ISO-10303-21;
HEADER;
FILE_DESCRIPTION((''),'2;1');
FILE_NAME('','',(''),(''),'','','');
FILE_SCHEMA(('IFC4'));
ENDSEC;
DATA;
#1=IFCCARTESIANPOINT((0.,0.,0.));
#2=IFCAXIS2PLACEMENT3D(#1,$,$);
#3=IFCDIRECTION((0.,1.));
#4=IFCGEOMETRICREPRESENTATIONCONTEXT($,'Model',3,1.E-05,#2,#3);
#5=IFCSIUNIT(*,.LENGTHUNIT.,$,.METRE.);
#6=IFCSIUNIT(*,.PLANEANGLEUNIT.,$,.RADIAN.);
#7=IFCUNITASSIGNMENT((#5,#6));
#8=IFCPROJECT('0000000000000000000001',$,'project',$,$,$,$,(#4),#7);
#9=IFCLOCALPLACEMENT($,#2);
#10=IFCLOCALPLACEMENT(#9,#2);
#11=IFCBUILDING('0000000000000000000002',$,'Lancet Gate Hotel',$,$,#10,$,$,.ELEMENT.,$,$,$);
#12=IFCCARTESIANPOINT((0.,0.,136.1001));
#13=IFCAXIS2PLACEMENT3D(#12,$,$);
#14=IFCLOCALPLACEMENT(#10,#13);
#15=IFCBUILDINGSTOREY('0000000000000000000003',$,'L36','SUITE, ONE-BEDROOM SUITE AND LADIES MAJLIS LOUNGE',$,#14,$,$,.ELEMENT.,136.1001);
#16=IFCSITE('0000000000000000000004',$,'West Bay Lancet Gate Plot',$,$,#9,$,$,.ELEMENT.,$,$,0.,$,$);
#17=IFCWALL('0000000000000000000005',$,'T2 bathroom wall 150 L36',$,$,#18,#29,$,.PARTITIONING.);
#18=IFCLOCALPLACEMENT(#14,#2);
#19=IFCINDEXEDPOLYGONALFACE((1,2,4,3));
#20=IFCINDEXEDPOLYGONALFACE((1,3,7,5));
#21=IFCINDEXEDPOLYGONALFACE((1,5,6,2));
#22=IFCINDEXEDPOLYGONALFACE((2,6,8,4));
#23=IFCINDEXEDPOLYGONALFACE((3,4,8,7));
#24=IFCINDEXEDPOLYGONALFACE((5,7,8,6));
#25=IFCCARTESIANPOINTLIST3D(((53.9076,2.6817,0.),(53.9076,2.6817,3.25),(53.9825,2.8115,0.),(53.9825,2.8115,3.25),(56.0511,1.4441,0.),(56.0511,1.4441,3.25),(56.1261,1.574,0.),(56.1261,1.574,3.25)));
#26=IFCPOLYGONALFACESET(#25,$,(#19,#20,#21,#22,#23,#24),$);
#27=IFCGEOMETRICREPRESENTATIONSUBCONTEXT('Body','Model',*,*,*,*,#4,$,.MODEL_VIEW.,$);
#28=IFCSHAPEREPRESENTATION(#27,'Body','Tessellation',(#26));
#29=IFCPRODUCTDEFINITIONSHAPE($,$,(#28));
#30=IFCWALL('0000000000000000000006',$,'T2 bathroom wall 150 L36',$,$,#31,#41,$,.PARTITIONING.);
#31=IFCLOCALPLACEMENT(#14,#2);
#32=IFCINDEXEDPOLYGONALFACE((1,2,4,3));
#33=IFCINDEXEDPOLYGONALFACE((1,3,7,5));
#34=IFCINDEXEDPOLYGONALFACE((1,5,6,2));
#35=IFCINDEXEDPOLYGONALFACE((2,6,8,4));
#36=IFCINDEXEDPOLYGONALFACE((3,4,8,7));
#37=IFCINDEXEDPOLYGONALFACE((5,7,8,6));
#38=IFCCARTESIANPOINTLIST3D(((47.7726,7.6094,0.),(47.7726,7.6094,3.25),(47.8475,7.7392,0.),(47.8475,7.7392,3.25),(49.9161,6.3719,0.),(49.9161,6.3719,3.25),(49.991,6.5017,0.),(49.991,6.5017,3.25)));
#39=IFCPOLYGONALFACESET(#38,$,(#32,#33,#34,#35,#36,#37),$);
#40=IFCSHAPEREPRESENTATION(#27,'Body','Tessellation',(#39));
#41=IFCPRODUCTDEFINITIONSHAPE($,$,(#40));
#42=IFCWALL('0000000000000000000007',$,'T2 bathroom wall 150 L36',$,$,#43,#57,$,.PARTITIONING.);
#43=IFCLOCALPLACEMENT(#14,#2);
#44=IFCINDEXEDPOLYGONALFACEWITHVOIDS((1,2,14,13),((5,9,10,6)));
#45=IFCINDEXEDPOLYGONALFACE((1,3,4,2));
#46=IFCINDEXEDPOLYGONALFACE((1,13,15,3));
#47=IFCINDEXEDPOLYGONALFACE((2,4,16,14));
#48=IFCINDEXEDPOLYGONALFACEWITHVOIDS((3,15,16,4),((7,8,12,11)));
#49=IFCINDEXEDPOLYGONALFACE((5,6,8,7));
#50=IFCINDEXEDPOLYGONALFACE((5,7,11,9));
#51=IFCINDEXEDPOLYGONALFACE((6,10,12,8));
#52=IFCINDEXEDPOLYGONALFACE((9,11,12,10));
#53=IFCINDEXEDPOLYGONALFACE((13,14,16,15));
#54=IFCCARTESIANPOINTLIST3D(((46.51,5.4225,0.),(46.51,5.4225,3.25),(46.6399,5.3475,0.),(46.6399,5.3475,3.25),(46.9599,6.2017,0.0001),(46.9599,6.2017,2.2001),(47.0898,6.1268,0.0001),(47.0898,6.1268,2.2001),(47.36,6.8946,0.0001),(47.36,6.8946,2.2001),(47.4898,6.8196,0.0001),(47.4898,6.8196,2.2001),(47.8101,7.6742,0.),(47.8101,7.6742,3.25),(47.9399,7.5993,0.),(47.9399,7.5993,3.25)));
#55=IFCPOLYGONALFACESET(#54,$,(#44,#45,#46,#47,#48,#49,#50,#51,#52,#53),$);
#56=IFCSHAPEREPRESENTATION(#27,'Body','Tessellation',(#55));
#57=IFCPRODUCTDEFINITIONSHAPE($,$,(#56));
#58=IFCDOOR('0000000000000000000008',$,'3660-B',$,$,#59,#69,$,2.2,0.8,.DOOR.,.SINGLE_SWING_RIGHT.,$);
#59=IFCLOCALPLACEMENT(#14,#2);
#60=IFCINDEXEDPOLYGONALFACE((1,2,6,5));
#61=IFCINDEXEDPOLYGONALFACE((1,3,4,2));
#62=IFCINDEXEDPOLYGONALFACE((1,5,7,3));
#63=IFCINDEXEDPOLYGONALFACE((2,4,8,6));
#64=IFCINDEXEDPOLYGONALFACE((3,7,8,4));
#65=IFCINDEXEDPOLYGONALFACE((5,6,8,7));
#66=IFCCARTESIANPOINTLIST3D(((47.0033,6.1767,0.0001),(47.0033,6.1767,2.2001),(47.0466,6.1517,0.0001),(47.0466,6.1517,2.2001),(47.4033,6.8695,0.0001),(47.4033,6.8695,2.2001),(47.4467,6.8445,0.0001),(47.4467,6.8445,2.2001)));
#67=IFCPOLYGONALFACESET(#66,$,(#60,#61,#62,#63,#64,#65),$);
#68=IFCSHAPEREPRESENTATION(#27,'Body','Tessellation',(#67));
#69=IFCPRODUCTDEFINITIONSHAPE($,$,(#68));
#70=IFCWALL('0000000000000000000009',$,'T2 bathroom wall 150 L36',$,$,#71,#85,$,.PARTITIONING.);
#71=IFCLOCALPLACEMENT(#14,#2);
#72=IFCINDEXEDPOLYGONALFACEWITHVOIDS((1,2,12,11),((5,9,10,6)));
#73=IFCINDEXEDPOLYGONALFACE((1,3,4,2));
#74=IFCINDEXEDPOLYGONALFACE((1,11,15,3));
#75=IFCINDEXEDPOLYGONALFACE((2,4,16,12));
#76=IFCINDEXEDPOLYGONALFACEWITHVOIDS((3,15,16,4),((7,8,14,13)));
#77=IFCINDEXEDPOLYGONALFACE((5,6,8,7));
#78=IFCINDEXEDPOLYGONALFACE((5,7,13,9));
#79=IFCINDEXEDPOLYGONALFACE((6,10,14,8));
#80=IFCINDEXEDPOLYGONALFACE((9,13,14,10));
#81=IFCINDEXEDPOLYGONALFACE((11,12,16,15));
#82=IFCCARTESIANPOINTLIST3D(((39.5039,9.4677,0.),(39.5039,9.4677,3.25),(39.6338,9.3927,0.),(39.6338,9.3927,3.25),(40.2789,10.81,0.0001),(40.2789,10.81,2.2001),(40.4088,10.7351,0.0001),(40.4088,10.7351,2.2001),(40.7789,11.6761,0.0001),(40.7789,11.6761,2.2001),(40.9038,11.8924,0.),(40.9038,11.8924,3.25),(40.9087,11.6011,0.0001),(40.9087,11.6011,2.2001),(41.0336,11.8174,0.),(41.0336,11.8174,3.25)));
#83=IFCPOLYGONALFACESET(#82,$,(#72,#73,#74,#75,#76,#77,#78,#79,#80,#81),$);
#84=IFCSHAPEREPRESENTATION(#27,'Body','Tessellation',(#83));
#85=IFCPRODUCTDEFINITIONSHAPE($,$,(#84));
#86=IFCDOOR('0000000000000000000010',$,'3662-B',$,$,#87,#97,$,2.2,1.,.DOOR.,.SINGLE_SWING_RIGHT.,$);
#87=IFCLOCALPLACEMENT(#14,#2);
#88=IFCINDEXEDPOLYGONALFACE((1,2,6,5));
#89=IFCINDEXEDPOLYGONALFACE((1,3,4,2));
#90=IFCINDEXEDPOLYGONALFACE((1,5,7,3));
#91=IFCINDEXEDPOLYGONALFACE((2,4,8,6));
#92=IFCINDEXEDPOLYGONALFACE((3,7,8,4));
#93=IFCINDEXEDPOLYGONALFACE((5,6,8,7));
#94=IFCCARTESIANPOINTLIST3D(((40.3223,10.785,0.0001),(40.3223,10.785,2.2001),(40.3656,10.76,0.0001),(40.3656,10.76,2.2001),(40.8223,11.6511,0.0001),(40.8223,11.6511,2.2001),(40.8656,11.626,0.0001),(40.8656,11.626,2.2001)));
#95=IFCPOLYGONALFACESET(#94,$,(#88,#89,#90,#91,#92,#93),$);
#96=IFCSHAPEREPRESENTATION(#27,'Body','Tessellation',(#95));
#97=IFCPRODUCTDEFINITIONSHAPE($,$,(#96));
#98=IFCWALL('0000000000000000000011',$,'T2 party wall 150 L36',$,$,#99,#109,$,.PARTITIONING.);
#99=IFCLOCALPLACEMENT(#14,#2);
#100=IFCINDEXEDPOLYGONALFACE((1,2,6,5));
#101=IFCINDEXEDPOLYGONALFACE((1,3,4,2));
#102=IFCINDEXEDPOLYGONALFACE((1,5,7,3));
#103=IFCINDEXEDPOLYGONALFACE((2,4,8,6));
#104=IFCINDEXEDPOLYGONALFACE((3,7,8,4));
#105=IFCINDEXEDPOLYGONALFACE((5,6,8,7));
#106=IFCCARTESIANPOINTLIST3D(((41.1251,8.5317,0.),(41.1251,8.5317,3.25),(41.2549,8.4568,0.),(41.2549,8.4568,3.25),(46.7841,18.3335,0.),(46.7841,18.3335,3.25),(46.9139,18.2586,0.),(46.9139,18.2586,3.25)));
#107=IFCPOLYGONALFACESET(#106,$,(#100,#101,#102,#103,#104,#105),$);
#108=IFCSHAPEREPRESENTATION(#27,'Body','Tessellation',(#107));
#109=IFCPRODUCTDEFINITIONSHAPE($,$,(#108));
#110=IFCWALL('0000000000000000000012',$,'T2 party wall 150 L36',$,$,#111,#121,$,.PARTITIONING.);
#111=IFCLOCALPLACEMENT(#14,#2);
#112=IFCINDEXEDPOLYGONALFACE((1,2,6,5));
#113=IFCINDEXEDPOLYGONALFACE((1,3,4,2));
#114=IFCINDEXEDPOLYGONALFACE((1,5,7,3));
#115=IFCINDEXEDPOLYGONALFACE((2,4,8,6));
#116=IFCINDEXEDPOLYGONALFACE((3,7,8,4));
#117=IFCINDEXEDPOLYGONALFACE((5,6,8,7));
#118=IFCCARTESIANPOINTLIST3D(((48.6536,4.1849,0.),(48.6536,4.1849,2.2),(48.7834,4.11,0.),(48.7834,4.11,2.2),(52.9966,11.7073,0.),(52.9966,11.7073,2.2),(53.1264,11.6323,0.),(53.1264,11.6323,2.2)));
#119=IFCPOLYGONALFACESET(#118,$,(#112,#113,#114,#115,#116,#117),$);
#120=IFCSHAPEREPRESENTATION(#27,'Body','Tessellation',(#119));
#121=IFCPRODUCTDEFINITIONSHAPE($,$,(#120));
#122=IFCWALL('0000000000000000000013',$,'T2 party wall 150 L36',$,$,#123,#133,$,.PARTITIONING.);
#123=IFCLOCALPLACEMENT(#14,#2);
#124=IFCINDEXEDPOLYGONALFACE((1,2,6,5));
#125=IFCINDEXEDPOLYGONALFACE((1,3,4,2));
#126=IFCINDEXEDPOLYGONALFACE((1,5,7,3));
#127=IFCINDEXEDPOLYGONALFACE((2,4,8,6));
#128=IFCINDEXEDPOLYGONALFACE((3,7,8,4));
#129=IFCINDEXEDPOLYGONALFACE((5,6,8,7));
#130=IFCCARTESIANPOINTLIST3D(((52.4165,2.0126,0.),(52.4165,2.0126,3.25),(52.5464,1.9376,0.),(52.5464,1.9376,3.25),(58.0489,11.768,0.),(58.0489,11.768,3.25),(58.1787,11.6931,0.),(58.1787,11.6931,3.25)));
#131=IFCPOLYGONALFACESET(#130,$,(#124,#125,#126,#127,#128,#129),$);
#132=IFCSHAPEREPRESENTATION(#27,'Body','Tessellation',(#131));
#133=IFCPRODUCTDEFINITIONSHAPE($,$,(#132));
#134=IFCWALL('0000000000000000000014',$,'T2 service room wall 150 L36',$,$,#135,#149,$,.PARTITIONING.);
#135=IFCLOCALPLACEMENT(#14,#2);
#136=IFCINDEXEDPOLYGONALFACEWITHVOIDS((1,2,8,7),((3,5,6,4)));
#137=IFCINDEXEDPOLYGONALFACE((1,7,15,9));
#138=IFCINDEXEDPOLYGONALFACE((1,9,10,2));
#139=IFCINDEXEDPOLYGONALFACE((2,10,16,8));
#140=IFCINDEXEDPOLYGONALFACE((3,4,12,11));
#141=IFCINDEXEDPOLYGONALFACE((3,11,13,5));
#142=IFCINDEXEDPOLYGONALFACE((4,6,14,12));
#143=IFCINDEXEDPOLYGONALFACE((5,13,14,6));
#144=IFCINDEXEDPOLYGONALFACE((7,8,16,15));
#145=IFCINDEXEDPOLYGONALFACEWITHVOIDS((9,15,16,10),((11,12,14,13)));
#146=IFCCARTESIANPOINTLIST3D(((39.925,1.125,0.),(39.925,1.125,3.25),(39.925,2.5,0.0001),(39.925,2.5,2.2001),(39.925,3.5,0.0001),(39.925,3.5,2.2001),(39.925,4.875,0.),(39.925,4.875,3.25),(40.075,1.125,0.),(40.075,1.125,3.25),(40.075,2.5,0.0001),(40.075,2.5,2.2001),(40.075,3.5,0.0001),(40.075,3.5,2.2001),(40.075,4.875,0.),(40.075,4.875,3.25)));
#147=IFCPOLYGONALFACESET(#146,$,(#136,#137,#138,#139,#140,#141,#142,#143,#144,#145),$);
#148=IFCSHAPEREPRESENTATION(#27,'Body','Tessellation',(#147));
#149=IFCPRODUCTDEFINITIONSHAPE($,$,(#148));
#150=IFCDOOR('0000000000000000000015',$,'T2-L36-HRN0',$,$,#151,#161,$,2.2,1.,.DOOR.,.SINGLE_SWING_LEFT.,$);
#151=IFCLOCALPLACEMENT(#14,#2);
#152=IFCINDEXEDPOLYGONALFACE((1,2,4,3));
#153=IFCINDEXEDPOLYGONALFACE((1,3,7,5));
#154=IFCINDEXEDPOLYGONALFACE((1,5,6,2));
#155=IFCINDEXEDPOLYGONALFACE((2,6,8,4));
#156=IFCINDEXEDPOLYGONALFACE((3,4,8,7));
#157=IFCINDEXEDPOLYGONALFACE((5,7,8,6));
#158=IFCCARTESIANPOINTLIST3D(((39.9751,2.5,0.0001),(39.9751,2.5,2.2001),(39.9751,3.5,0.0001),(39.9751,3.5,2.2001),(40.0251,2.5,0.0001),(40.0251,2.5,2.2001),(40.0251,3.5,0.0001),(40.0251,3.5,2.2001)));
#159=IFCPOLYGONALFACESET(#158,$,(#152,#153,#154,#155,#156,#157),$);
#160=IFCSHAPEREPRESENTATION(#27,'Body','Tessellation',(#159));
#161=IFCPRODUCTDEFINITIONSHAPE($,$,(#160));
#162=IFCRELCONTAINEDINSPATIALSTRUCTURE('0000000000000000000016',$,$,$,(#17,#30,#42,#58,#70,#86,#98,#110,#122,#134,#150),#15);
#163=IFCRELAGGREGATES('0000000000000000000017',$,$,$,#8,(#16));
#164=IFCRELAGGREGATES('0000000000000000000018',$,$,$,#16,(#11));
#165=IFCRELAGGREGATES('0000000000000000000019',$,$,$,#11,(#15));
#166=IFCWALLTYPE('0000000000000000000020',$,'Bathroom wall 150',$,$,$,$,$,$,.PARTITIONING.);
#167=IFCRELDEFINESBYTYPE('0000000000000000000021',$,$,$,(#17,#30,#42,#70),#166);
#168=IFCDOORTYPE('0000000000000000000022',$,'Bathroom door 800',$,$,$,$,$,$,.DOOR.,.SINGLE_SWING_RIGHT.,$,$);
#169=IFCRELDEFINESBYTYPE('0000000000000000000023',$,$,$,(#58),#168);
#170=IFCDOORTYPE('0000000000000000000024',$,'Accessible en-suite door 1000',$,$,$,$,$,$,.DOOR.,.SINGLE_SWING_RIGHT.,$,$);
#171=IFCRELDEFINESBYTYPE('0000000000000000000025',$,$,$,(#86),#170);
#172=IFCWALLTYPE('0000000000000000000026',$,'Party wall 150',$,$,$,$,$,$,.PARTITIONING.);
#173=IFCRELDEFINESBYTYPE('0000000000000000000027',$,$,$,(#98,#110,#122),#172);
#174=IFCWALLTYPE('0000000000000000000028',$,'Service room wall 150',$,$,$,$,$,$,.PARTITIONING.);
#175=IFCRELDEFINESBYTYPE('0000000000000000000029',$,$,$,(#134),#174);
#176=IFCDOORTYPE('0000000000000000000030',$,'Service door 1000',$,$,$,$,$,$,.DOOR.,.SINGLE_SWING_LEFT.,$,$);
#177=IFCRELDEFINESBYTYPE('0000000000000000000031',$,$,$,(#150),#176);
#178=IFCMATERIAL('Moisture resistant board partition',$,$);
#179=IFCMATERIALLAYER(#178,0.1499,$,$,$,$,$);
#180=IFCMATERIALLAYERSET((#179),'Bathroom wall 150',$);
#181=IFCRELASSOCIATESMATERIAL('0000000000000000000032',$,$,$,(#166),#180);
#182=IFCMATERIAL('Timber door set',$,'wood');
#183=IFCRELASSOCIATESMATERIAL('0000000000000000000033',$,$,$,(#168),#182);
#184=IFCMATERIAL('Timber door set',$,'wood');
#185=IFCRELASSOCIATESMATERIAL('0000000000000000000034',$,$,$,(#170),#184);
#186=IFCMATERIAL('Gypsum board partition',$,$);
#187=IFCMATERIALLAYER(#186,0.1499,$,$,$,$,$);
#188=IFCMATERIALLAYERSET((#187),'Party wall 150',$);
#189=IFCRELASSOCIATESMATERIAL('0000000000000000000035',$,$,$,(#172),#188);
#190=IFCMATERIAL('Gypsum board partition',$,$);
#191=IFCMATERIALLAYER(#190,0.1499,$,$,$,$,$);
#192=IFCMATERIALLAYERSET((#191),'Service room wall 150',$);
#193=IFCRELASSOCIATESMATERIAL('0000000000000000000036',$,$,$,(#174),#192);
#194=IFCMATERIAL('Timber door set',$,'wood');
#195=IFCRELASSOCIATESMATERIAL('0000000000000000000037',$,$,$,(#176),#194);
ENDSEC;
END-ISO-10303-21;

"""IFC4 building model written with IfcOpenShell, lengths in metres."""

from ifc_helpers import new_model, si_unit, direction, frame, frame_2d, origin, place, context, subcontext, project, spatial, rectangle, extrude, material, layer, layer_set, type_object, element, fill, save


model = new_model("IFC4")

# Units and contexts
model_context = context("Model", 3, precision=1e-05, world=origin(), true_north=direction((0.0, 1.0)))
body_context = subcontext(model_context, "Body", "Model", "MODEL_VIEW")
ifc_project = project(units=[si_unit("LENGTHUNIT", "METRE"), si_unit("PLANEANGLEUNIT", "RADIAN")], contexts=[model_context])

# Site, building, storey
site_placement = place(None, origin())
site = spatial("IfcSite", under=ifc_project, at=site_placement, Name="West Bay Lancet Gate Plot", CompositionType="ELEMENT", RefElevation=0.0)
building_placement = place(site_placement, origin())
building = spatial("IfcBuilding", under=site, at=building_placement, Name="Lancet Gate Hotel", CompositionType="ELEMENT")
storey_placement = place(building_placement, frame((0.0, 0.0, 136.1001)))
storey = spatial("IfcBuildingStorey", under=building, at=storey_placement, Name="L36", Description="SUITE, ONE-BEDROOM SUITE AND LADIES MAJLIS LOUNGE", CompositionType="ELEMENT", Elevation=136.1001)

# Walls
ifc_material_1 = material(Name="Moisture resistant board partition")
ifc_layer_1 = layer(ifc_material_1, 0.1499)
ifc_layer_set_1 = layer_set([ifc_layer_1], Name="Bathroom wall 150")
wall_type_1 = type_object("IfcWallType", Name="Bathroom wall 150", PredefinedType="PARTITIONING", material=ifc_layer_set_1)
for number, where, z_axis, x_axis, name in (
    (1, (53.9451, 2.7466, 0.0), (0.0, 0.0, 1.0), (0.866031, -0.49999, 0.0), "T2 bathroom wall 150 L36"),
    (2, (47.8101, 7.6743, 0.0), (0.0, 0.0, 1.0), (0.866031, -0.49999, 0.0), "T2 bathroom wall 150 L36"),
):
    element("IfcWall", number, at=place(storey_placement, frame(where, z_axis=z_axis, x_axis=x_axis)), inside=storey, type_object=wall_type_1, Name=name, PredefinedType="PARTITIONING", context=body_context, shape_type="SweptSolid", body=[
        extrude(rectangle(XDim=2.4751, YDim=0.1499, at=frame_2d((1.2375, 0.0))), origin(), (0.0, 0.0, 1.0), 3.25),
    ])

# Walls, openings, doors
wall_1_placement = place(storey_placement, frame((46.575, 5.385, 0.0), z_axis=(0.0, 0.0, 1.0), x_axis=(0.500007, 0.866021, 0.0)))
wall_1 = element("IfcWall", 3, at=wall_1_placement, inside=storey, type_object=wall_type_1, Name="T2 bathroom wall 150 L36", PredefinedType="PARTITIONING", context=body_context, shape_type="SweptSolid", body=[
    extrude(rectangle(XDim=2.6001, YDim=0.1499, at=frame_2d((1.3, 0.0))), origin(), (0.0, 0.0, 1.0), 3.25),
])
opening_1_placement = place(wall_1_placement, frame((0.8999, 0.0, 0.0)))
opening_1 = element("IfcOpeningElement", 4, at=opening_1_placement, cuts=wall_1, PredefinedType="OPENING", context=body_context, shape_type="SweptSolid", body=[
    extrude(rectangle(XDim=0.8, YDim=2.2, at=frame_2d((0.3999, 1.1001))), frame((0.0, 0.085, 0.0), z_axis=(0.0, -1.0, 0.0), x_axis=(1.0, 0.0, 0.0)), (0.0, 0.0, 1.0), 0.1699),
])
ifc_material_2 = material(Name="Timber door set", Category="wood")
door_type_1 = type_object("IfcDoorType", Name="Bathroom door 800", OperationType="SINGLE_SWING_RIGHT", PredefinedType="DOOR", material=ifc_material_2)
door_1_placement = place(opening_1_placement, origin())
door_1 = element("IfcDoor", 5, at=door_1_placement, inside=storey, type_object=door_type_1, Name="3660-B", OperationType="SINGLE_SWING_RIGHT", OverallHeight=2.2, OverallWidth=0.8, PredefinedType="DOOR", context=body_context, shape_type="SweptSolid", body=[
    extrude(rectangle(XDim=0.8, YDim=2.2, at=frame_2d((0.3999, 1.1001))), frame((0.0, 0.0249, 0.0), z_axis=(0.0, -1.0, 0.0), x_axis=(1.0, 0.0, 0.0)), (0.0, 0.0, 1.0), 0.05),
])
fill(opening_1, door_1)
wall_2_placement = place(storey_placement, frame((39.5688, 9.4302, 0.0), z_axis=(0.0, 0.0, 1.0), x_axis=(0.499984, 0.866035, 0.0)))
wall_2 = element("IfcWall", 6, at=wall_2_placement, inside=storey, type_object=wall_type_1, Name="T2 bathroom wall 150 L36", PredefinedType="PARTITIONING", context=body_context, shape_type="SweptSolid", body=[
    extrude(rectangle(XDim=2.7998, YDim=0.1499, at=frame_2d((1.3999, 0.0))), origin(), (0.0, 0.0, 1.0), 3.25),
])
opening_2_placement = place(wall_2_placement, frame((1.55, 0.0, 0.0)))
opening_2 = element("IfcOpeningElement", 7, at=opening_2_placement, cuts=wall_2, PredefinedType="OPENING", context=body_context, shape_type="SweptSolid", body=[
    extrude(rectangle(XDim=1.0, YDim=2.2, at=frame_2d((0.5, 1.1001))), frame((0.0, 0.085, 0.0), z_axis=(0.0, -1.0, 0.0), x_axis=(1.0, 0.0, 0.0)), (0.0, 0.0, 1.0), 0.1699),
])
ifc_material_3 = material(Name="Timber door set", Category="wood")
door_type_2 = type_object("IfcDoorType", Name="Accessible en-suite door 1000", OperationType="SINGLE_SWING_RIGHT", PredefinedType="DOOR", material=ifc_material_3)
door_2_placement = place(opening_2_placement, origin())
door_2 = element("IfcDoor", 8, at=door_2_placement, inside=storey, type_object=door_type_2, Name="3662-B", OperationType="SINGLE_SWING_RIGHT", OverallHeight=2.2, OverallWidth=1.0, PredefinedType="DOOR", context=body_context, shape_type="SweptSolid", body=[
    extrude(rectangle(XDim=1.0, YDim=2.2, at=frame_2d((0.5, 1.1001))), frame((0.0, 0.0249, 0.0), z_axis=(0.0, -1.0, 0.0), x_axis=(1.0, 0.0, 0.0)), (0.0, 0.0, 1.0), 0.05),
])
fill(opening_2, door_2)

# Walls
ifc_material_4 = material(Name="Gypsum board partition")
ifc_layer_2 = layer(ifc_material_4, 0.1499)
ifc_layer_set_2 = layer_set([ifc_layer_2], Name="Party wall 150")
wall_type_2 = type_object("IfcWallType", Name="Party wall 150", PredefinedType="PARTITIONING", material=ifc_layer_set_2)
wall_3_placement = place(storey_placement, frame((41.1899, 8.4941, 0.0), z_axis=(0.0, 0.0, 1.0), x_axis=(0.499993, 0.86603, 0.0)))
element("IfcWall", 9, at=wall_3_placement, inside=storey, type_object=wall_type_2, Name="T2 party wall 150 L36", PredefinedType="PARTITIONING", context=body_context, shape_type="SweptSolid", body=[
    extrude(rectangle(XDim=11.3181, YDim=0.1499, at=frame_2d((5.6592, 0.0))), origin(), (0.0, 0.0, 1.0), 3.25),
])
wall_4_placement = place(storey_placement, frame((48.7185, 4.1475, 0.0), z_axis=(0.0, 0.0, 1.0), x_axis=(0.499993, 0.866029, 0.0)))
element("IfcWall", 10, at=wall_4_placement, inside=storey, type_object=wall_type_2, Name="T2 party wall 150 L36", PredefinedType="PARTITIONING", context=body_context, shape_type="SweptSolid", body=[
    extrude(rectangle(XDim=8.686, YDim=0.1499, at=frame_2d((4.343, 0.0))), origin(), (0.0, 0.0, 1.0), 2.2),
])
wall_5_placement = place(storey_placement, frame((52.4814, 1.9751, 0.0), z_axis=(0.0, 0.0, 1.0), x_axis=(0.500004, 0.866023, 0.0)))
element("IfcWall", 11, at=wall_5_placement, inside=storey, type_object=wall_type_2, Name="T2 party wall 150 L36", PredefinedType="PARTITIONING", context=body_context, shape_type="SweptSolid", body=[
    extrude(rectangle(XDim=11.2646, YDim=0.1499, at=frame_2d((5.6323, 0.0))), origin(), (0.0, 0.0, 1.0), 3.25),
])

# Wall, opening, door
ifc_material_5 = material(Name="Gypsum board partition")
ifc_layer_3 = layer(ifc_material_5, 0.1499)
ifc_layer_set_3 = layer_set([ifc_layer_3], Name="Service room wall 150")
wall_type_3 = type_object("IfcWallType", Name="Service room wall 150", PredefinedType="PARTITIONING", material=ifc_layer_set_3)
wall_6_placement = place(storey_placement, frame((40.0, 1.125, 0.0), z_axis=(0.0, 0.0, 1.0), x_axis=(0.0, 1.0, 0.0)))
wall_6 = element("IfcWall", 12, at=wall_6_placement, inside=storey, type_object=wall_type_3, Name="T2 service room wall 150 L36", PredefinedType="PARTITIONING", context=body_context, shape_type="SweptSolid", body=[
    extrude(rectangle(XDim=3.75, YDim=0.1499, at=frame_2d((1.875, 0.0))), origin(), (0.0, 0.0, 1.0), 3.25),
])
opening_3_placement = place(wall_6_placement, frame((1.375, 0.0, 0.0)))
opening_3 = element("IfcOpeningElement", 13, at=opening_3_placement, cuts=wall_6, PredefinedType="OPENING", context=body_context, shape_type="SweptSolid", body=[
    extrude(rectangle(XDim=1.0, YDim=2.2, at=frame_2d((0.5, 1.1001))), frame((0.0, 0.085, 0.0), z_axis=(0.0, -1.0, 0.0), x_axis=(1.0, 0.0, 0.0)), (0.0, 0.0, 1.0), 0.1699),
])
ifc_material_6 = material(Name="Timber door set", Category="wood")
door_type_3 = type_object("IfcDoorType", Name="Service door 1000", OperationType="SINGLE_SWING_LEFT", PredefinedType="DOOR", material=ifc_material_6)
door_3_placement = place(opening_3_placement, origin())
door_3 = element("IfcDoor", 14, at=door_3_placement, inside=storey, type_object=door_type_3, Name="T2-L36-HRN0", OperationType="SINGLE_SWING_LEFT", OverallHeight=2.2, OverallWidth=1.0, PredefinedType="DOOR", context=body_context, shape_type="SweptSolid", body=[
    extrude(rectangle(XDim=1.0, YDim=2.2, at=frame_2d((0.5, 1.1001))), frame((0.0, 0.0249, 0.0), z_axis=(0.0, -1.0, 0.0), x_axis=(1.0, 0.0, 0.0)), (0.0, 0.0, 1.0), 0.05),
])
fill(opening_3, door_3)

save(model, "model.ifc")
